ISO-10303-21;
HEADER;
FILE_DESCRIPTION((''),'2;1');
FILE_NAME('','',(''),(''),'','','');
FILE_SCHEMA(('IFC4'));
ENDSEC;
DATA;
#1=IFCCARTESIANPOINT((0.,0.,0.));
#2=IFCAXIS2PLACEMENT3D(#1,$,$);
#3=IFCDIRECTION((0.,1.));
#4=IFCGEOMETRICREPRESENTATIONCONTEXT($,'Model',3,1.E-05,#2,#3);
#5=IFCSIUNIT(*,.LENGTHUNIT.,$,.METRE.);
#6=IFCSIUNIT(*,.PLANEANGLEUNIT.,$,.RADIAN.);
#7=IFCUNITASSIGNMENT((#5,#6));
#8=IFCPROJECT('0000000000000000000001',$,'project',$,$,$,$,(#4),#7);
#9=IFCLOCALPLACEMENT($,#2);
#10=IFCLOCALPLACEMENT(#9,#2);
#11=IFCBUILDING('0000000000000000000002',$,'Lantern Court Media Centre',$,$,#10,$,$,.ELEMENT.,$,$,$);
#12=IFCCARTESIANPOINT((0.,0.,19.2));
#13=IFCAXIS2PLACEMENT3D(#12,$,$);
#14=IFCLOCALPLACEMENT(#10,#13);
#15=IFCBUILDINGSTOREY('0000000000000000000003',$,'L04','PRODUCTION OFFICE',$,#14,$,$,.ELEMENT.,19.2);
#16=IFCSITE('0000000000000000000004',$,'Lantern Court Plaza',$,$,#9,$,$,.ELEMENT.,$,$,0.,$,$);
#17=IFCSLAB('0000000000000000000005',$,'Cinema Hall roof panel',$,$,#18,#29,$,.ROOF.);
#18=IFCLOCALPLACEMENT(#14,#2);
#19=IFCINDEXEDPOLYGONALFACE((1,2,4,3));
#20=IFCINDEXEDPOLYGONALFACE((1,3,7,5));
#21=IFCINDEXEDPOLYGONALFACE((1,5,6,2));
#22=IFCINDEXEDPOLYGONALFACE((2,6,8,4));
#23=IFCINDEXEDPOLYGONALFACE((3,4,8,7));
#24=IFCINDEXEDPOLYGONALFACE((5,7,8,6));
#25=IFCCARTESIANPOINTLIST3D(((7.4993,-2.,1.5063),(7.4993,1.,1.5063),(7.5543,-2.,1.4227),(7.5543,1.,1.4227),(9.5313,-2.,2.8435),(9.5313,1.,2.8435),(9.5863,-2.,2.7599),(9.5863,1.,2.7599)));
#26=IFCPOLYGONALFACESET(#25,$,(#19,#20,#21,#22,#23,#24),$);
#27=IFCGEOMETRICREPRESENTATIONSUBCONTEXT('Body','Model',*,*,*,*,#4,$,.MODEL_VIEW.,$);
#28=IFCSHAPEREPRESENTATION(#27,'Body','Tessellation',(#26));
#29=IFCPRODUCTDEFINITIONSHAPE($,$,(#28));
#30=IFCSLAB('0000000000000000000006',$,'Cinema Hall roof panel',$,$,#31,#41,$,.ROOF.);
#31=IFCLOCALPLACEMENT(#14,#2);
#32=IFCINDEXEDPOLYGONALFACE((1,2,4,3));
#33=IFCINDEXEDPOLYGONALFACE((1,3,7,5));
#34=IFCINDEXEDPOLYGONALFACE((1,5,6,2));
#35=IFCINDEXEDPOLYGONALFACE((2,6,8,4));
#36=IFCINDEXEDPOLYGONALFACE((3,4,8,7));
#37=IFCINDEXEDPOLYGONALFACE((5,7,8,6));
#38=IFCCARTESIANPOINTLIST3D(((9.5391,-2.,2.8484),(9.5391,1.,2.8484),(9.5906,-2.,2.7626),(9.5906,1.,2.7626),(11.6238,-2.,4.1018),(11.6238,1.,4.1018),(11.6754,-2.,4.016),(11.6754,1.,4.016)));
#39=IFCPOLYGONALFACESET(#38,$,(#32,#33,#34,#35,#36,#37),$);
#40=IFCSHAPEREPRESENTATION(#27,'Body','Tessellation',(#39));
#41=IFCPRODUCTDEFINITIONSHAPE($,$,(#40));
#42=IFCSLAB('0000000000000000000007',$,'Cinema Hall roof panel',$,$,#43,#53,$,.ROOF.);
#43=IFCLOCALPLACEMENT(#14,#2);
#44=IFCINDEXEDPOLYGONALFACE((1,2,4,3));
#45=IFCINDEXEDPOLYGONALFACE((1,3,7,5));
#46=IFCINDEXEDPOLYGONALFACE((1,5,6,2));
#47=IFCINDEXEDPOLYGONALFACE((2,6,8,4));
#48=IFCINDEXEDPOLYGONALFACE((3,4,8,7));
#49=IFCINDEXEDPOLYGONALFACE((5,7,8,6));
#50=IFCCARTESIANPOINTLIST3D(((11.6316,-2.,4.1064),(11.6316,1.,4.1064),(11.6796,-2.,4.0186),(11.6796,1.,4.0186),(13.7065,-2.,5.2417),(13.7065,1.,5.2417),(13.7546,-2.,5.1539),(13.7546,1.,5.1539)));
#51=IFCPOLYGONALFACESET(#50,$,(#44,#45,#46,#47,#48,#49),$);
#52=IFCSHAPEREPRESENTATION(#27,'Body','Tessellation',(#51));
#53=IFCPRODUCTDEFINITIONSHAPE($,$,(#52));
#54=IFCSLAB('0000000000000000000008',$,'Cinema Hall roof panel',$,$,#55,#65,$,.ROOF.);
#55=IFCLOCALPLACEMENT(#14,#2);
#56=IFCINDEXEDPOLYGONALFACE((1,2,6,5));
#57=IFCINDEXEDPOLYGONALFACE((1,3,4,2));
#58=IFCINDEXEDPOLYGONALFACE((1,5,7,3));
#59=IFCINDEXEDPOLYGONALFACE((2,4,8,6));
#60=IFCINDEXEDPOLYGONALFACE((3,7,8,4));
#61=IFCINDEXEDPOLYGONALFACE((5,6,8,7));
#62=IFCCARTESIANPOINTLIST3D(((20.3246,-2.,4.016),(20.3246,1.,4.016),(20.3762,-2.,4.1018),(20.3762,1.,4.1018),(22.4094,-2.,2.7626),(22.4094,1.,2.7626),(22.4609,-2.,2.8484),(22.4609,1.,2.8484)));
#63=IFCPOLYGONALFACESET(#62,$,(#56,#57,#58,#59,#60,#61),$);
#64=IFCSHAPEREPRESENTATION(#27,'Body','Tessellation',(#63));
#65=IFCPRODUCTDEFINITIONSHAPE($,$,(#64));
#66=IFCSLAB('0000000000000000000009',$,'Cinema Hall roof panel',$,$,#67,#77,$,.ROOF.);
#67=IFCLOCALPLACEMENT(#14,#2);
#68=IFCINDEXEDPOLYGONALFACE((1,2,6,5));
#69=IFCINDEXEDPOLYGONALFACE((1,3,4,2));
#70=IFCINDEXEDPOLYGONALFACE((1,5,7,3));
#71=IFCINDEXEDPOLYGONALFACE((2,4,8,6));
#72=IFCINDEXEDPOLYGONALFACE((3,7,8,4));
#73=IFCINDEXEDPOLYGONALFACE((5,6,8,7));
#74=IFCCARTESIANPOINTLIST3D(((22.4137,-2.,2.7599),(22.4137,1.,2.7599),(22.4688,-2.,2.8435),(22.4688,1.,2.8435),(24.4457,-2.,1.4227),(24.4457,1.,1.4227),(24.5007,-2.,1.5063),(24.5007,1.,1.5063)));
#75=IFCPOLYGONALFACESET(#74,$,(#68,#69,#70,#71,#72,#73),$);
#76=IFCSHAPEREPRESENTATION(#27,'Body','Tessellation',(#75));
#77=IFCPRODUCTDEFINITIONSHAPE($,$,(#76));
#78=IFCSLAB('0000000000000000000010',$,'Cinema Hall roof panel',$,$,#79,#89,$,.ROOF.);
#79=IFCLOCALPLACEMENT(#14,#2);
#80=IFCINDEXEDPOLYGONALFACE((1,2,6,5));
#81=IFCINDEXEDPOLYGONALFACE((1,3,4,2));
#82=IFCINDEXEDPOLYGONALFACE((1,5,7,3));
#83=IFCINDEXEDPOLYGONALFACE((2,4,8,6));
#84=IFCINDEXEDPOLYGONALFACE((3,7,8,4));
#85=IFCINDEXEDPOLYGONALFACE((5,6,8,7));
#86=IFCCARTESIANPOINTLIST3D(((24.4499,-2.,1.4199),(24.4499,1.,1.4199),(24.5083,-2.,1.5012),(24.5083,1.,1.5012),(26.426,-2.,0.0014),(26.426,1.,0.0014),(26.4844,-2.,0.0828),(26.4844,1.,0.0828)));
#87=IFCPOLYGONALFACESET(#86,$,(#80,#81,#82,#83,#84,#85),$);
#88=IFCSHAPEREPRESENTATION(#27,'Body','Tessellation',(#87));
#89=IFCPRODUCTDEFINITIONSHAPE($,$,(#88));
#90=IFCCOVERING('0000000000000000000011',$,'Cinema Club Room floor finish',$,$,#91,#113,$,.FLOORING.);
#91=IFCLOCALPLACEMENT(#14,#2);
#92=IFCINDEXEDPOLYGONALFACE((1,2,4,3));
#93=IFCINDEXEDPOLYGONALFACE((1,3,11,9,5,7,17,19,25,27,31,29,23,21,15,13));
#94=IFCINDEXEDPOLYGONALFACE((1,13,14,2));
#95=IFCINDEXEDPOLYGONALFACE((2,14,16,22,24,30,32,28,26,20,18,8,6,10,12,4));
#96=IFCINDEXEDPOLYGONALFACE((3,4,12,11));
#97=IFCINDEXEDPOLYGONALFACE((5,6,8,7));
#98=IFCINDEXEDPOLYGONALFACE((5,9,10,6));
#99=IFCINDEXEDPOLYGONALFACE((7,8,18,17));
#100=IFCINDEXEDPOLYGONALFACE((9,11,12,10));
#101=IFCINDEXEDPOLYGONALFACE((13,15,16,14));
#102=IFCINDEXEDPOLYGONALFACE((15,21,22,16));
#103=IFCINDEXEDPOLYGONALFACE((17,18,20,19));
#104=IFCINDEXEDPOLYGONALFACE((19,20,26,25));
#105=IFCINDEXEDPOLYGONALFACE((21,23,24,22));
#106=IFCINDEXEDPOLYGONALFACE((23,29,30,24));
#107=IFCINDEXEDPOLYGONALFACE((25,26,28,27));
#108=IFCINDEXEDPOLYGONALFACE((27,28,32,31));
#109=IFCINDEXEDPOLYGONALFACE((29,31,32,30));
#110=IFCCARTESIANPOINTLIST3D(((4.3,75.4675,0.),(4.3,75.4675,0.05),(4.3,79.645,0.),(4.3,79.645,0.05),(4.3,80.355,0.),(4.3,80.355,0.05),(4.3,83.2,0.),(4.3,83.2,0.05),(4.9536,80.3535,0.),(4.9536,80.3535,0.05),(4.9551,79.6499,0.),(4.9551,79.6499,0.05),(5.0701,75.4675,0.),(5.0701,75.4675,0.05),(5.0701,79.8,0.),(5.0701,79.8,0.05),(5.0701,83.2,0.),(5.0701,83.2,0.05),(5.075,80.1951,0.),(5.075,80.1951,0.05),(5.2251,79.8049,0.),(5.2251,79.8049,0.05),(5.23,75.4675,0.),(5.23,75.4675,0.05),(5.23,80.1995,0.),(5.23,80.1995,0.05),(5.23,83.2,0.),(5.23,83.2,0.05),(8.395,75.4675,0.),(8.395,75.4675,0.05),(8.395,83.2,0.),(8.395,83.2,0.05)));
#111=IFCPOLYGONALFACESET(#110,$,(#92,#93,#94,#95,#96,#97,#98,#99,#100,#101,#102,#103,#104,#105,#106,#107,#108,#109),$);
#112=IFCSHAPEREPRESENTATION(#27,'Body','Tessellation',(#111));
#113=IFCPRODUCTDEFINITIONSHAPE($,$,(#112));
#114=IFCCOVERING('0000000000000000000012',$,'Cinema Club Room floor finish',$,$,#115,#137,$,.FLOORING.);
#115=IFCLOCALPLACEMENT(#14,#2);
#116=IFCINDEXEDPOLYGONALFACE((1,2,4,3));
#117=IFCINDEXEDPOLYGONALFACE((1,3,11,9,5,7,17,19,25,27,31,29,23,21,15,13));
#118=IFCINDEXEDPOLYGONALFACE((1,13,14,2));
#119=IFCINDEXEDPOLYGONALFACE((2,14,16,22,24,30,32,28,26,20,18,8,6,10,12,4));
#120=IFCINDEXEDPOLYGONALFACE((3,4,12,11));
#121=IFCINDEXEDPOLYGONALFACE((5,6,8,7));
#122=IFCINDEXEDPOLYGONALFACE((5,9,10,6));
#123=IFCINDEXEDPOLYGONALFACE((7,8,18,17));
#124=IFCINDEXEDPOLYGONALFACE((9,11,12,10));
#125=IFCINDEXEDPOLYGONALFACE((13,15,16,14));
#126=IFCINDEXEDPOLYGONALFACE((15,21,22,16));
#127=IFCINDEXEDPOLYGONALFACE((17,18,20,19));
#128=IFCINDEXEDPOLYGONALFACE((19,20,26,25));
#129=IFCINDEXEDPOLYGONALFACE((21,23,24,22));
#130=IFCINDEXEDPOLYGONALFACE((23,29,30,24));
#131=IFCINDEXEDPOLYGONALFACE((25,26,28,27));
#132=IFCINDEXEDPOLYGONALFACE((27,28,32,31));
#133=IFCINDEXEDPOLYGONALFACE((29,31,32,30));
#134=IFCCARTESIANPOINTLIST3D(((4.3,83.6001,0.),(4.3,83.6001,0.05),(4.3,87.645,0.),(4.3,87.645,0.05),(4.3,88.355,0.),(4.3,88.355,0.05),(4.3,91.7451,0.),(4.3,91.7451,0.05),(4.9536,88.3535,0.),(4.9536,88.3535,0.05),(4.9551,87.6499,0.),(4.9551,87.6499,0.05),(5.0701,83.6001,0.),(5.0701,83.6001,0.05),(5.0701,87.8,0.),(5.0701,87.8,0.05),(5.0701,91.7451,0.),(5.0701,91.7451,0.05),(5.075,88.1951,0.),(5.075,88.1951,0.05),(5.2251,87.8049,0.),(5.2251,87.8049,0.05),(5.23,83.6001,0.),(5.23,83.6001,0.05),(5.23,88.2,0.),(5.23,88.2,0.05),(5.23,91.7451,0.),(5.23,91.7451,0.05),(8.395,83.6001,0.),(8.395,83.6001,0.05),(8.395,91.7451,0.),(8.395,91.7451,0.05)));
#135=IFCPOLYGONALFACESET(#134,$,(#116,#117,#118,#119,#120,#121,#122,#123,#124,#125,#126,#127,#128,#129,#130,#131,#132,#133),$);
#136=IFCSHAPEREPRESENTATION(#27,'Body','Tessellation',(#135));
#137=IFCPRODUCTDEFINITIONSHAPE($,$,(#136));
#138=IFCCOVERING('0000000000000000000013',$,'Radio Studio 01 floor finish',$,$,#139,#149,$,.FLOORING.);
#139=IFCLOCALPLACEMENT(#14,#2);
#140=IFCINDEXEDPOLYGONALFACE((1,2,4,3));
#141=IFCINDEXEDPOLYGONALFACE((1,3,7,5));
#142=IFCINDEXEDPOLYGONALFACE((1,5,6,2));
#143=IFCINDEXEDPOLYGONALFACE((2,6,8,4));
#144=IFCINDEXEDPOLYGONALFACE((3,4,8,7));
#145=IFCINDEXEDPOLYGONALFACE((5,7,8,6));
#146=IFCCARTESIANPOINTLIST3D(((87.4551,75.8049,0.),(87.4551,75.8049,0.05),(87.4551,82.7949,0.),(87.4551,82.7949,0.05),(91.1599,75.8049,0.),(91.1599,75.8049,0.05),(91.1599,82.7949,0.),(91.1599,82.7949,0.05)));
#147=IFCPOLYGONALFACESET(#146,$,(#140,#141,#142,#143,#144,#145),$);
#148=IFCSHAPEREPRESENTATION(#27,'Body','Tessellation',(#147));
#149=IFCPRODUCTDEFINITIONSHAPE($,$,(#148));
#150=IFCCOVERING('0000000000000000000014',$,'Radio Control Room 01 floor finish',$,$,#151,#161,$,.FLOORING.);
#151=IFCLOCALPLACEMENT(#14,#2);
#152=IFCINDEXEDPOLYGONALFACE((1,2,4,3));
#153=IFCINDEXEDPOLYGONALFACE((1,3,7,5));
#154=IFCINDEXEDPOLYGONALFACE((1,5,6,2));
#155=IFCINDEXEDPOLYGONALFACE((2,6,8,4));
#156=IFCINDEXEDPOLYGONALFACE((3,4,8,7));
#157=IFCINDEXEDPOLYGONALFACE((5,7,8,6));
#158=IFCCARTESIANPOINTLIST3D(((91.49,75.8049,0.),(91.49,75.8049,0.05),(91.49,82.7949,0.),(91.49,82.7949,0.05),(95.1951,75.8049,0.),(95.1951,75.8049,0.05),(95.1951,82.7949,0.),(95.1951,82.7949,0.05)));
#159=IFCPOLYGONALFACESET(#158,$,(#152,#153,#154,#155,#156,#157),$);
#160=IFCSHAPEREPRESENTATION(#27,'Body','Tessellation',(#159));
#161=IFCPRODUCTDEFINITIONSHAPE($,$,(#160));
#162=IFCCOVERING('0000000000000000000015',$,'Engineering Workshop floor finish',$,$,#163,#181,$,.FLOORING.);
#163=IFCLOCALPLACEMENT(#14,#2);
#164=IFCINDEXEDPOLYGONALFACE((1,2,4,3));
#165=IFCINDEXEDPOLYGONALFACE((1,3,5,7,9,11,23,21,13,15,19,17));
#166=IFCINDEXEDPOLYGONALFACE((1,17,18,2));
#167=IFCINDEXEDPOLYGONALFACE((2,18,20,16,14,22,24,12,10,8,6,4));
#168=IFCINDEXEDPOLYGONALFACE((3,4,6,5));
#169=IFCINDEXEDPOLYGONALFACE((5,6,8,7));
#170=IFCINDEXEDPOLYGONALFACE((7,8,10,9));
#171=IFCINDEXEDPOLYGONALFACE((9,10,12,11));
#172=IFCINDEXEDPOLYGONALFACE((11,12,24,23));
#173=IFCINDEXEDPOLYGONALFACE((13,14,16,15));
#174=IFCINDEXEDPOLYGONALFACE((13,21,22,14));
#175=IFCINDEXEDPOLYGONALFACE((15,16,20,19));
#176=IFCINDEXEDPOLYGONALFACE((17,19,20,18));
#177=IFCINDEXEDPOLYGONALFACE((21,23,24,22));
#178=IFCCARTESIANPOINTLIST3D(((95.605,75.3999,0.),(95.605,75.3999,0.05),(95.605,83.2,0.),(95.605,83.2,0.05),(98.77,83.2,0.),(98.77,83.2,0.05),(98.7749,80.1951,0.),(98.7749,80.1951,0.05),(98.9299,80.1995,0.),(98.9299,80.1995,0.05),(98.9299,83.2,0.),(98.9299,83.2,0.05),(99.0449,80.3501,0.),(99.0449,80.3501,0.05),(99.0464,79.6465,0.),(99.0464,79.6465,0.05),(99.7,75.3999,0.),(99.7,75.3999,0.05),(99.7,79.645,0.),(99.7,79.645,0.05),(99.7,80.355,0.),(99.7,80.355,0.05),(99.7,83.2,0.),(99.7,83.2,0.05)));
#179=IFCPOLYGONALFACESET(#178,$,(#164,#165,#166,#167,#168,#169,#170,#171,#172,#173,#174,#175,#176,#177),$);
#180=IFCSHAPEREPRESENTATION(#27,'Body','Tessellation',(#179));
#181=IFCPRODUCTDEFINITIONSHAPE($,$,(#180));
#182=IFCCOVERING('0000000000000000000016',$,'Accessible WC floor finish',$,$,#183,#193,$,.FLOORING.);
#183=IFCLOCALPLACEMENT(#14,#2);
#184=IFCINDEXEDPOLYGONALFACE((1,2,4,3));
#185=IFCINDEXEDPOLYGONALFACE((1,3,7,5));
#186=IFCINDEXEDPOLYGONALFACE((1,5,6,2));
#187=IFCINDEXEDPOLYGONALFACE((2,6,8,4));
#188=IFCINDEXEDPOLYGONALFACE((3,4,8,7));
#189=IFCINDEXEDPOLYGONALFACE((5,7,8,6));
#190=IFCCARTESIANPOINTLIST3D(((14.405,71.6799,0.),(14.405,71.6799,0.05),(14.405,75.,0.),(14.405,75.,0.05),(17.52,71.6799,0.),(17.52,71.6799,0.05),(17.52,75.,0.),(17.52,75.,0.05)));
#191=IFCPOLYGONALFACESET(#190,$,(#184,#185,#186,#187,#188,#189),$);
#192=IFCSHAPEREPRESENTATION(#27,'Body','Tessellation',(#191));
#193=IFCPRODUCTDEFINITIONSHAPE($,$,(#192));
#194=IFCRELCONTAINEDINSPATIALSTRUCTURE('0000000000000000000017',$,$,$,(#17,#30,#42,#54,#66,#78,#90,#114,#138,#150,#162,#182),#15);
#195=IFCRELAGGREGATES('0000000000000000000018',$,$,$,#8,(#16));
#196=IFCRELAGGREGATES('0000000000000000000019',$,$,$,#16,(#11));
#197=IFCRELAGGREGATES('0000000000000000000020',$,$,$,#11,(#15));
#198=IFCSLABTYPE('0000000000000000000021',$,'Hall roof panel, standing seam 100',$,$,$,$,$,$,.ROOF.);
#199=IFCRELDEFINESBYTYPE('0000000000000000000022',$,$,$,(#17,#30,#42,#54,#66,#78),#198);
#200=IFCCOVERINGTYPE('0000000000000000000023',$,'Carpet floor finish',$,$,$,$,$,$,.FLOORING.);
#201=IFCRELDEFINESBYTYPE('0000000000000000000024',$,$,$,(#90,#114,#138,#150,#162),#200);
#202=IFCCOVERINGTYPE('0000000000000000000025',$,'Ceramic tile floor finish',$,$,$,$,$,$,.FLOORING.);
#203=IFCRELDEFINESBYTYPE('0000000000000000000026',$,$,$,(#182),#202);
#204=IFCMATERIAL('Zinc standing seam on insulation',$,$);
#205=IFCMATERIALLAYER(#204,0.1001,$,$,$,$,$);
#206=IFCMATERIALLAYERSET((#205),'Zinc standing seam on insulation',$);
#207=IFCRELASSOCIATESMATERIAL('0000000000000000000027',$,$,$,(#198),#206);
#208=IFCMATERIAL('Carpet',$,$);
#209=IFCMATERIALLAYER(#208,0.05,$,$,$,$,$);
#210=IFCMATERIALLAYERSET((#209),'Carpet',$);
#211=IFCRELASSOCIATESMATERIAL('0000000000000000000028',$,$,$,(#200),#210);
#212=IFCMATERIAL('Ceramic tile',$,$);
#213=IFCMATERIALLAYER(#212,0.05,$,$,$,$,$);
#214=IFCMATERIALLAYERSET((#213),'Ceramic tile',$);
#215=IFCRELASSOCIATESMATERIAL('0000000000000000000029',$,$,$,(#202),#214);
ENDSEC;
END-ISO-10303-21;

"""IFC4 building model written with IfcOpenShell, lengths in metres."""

from ifc_helpers import new_model, si_unit, direction, frame, origin, place, context, subcontext, project, spatial, polyline, outline, extrude, material, layer, layer_set, type_object, element, save


model = new_model("IFC4")

# Units and contexts
model_context = context("Model", 3, precision=1e-05, world=origin(), true_north=direction((0.0, 1.0)))
body_context = subcontext(model_context, "Body", "Model", "MODEL_VIEW")
ifc_project = project(units=[si_unit("LENGTHUNIT", "METRE"), si_unit("PLANEANGLEUNIT", "RADIAN")], contexts=[model_context])

# Site, building, storey
site_placement = place(None, origin())
site = spatial("IfcSite", under=ifc_project, at=site_placement, Name="Lantern Court Plaza", CompositionType="ELEMENT", RefElevation=0.0)
building_placement = place(site_placement, origin())
building = spatial("IfcBuilding", under=site, at=building_placement, Name="Lantern Court Media Centre", CompositionType="ELEMENT")
storey_placement = place(building_placement, frame((0.0, 0.0, 19.2)))
storey = spatial("IfcBuildingStorey", under=building, at=storey_placement, Name="L04", Description="PRODUCTION OFFICE", CompositionType="ELEMENT", Elevation=19.2)

# Slabs
ifc_material_1 = material(Name="Zinc standing seam on insulation")
ifc_layer_1 = layer(ifc_material_1, 0.1001)
ifc_layer_set_1 = layer_set([ifc_layer_1], Name="Zinc standing seam on insulation")
slab_type = type_object("IfcSlabType", Name="Hall roof panel, standing seam 100", PredefinedType="ROOF", material=ifc_layer_set_1)
slab_1_placement = place(storey_placement, frame((7.4993, -2.0, 1.5063), z_axis=(-0.549711, 0.0, 0.835355), x_axis=(0.835355, 0.0, 0.549711)))
element("IfcSlab", 1, at=slab_1_placement, inside=storey, type_object=slab_type, Name="Cinema Hall roof panel", PredefinedType="ROOF", context=body_context, shape_type="SweptSolid", body=[
    extrude(outline(polyline([(0.0, 0.0), (2.4325, 0.0), (2.4325, 3.0), (0.0, 3.0), (0.0, 0.0)])), origin(), (0.0, 0.0, -1.0), 0.1001),
])
slab_2_placement = place(storey_placement, frame((9.5391, -2.0, 2.8484), z_axis=(-0.515278, 0.0, 0.857023), x_axis=(0.857023, 0.0, 0.515278)))
element("IfcSlab", 2, at=slab_2_placement, inside=storey, type_object=slab_type, Name="Cinema Hall roof panel", PredefinedType="ROOF", context=body_context, shape_type="SweptSolid", body=[
    extrude(outline(polyline([(0.0, 0.0), (2.4325, 0.0), (2.4325, 3.0), (0.0, 3.0), (0.0, 0.0)])), origin(), (0.0, 0.0, -1.0), 0.1001),
])
slab_3_placement = place(storey_placement, frame((11.6316, -2.0, 4.1064), z_axis=(-0.47998, 0.0, 0.877279), x_axis=(0.877279, 0.0, 0.47998)))
element("IfcSlab", 3, at=slab_3_placement, inside=storey, type_object=slab_type, Name="Cinema Hall roof panel", PredefinedType="ROOF", context=body_context, shape_type="SweptSolid", body=[
    extrude(outline(polyline([(0.0, 0.0), (2.3652, 0.0), (2.3652, 3.0), (0.0, 3.0), (0.0, 0.0)])), origin(), (0.0, 0.0, -1.0), 0.1001),
])
slab_4_placement = place(storey_placement, frame((20.3762, -2.0, 4.1018), z_axis=(0.515278, 0.0, 0.857023), x_axis=(0.857023, 0.0, -0.515278)))
element("IfcSlab", 4, at=slab_4_placement, inside=storey, type_object=slab_type, Name="Cinema Hall roof panel", PredefinedType="ROOF", context=body_context, shape_type="SweptSolid", body=[
    extrude(outline(polyline([(0.0, 0.0), (2.4325, 0.0), (2.4325, 3.0), (0.0, 3.0), (0.0, 0.0)])), origin(), (0.0, 0.0, -1.0), 0.1001),
])
slab_5_placement = place(storey_placement, frame((22.4688, -2.0, 2.8435), z_axis=(0.549711, 0.0, 0.835355), x_axis=(0.835355, 0.0, -0.549711)))
element("IfcSlab", 5, at=slab_5_placement, inside=storey, type_object=slab_type, Name="Cinema Hall roof panel", PredefinedType="ROOF", context=body_context, shape_type="SweptSolid", body=[
    extrude(outline(polyline([(0.0, 0.0), (2.4325, 0.0), (2.4325, 3.0), (0.0, 3.0), (0.0, 0.0)])), origin(), (0.0, 0.0, -1.0), 0.1001),
])
slab_6_placement = place(storey_placement, frame((24.5083, -2.0, 1.5012), z_axis=(0.583135, 0.0, 0.812375), x_axis=(0.812375, 0.0, -0.583135)))
element("IfcSlab", 6, at=slab_6_placement, inside=storey, type_object=slab_type, Name="Cinema Hall roof panel", PredefinedType="ROOF", context=body_context, shape_type="SweptSolid", body=[
    extrude(outline(polyline([(0.0, 0.0), (2.4325, 0.0), (2.4325, 3.0), (0.0, 3.0), (0.0, 0.0)])), origin(), (0.0, 0.0, -1.0), 0.1001),
])

# Coverings
ifc_material_2 = material(Name="Carpet")
ifc_layer_2 = layer(ifc_material_2, 0.05)
ifc_layer_set_2 = layer_set([ifc_layer_2], Name="Carpet")
covering_type_1 = type_object("IfcCoveringType", Name="Carpet floor finish", PredefinedType="FLOORING", material=ifc_layer_set_2)
covering_1_placement = place(storey_placement, origin())
element("IfcCovering", 7, at=covering_1_placement, inside=storey, type_object=covering_type_1, Name="Cinema Club Room floor finish", PredefinedType="FLOORING", context=body_context, shape_type="SweptSolid", body=[
    extrude(outline(polyline([(8.395, 83.2), (8.395, 75.4675), (5.23, 75.4675), (5.2251, 79.8049), (5.0701, 79.8), (5.0701, 75.4675), (4.3, 75.4675), (4.3, 79.645), (4.9551, 79.6499), (4.9536, 80.3535), (4.3, 80.355), (4.3, 83.2), (5.0701, 83.2), (5.075, 80.1951), (5.23, 80.1995), (5.23, 83.2), (8.395, 83.2)])), origin(), (0.0, 0.0, 1.0), 0.05),
])
covering_2_placement = place(storey_placement, origin())
element("IfcCovering", 8, at=covering_2_placement, inside=storey, type_object=covering_type_1, Name="Cinema Club Room floor finish", PredefinedType="FLOORING", context=body_context, shape_type="SweptSolid", body=[
    extrude(outline(polyline([(4.3, 91.7451), (5.0701, 91.7451), (5.075, 88.1951), (5.23, 88.2), (5.23, 91.7451), (8.395, 91.7451), (8.395, 83.6001), (5.23, 83.6001), (5.2251, 87.8049), (5.0701, 87.8), (5.0701, 83.6001), (4.3, 83.6001), (4.3, 87.645), (4.9551, 87.6499), (4.9536, 88.3535), (4.3, 88.355), (4.3, 91.7451)])), origin(), (0.0, 0.0, 1.0), 0.05),
])
covering_3_placement = place(storey_placement, origin())
element("IfcCovering", 9, at=covering_3_placement, inside=storey, type_object=covering_type_1, Name="Radio Studio 01 floor finish", PredefinedType="FLOORING", context=body_context, shape_type="SweptSolid", body=[
    extrude(outline(polyline([(87.4551, 75.8049), (87.4551, 82.7949), (91.1599, 82.7949), (91.1599, 75.8049), (87.4551, 75.8049)])), origin(), (0.0, 0.0, 1.0), 0.05),
])
covering_4_placement = place(storey_placement, origin())
element("IfcCovering", 10, at=covering_4_placement, inside=storey, type_object=covering_type_1, Name="Radio Control Room 01 floor finish", PredefinedType="FLOORING", context=body_context, shape_type="SweptSolid", body=[
    extrude(outline(polyline([(91.49, 75.8049), (91.49, 82.7949), (95.1951, 82.7949), (95.1951, 75.8049), (91.49, 75.8049)])), origin(), (0.0, 0.0, 1.0), 0.05),
])
covering_5_placement = place(storey_placement, origin())
element("IfcCovering", 11, at=covering_5_placement, inside=storey, type_object=covering_type_1, Name="Engineering Workshop floor finish", PredefinedType="FLOORING", context=body_context, shape_type="SweptSolid", body=[
    extrude(outline(polyline([(99.7, 75.3999), (95.605, 75.3999), (95.605, 83.2), (98.77, 83.2), (98.7749, 80.1951), (98.9299, 80.1995), (98.9299, 83.2), (99.7, 83.2), (99.7, 80.355), (99.0449, 80.3501), (99.0464, 79.6465), (99.7, 79.645), (99.7, 75.3999)])), origin(), (0.0, 0.0, 1.0), 0.05),
])
ifc_material_3 = material(Name="Ceramic tile")
ifc_layer_3 = layer(ifc_material_3, 0.05)
ifc_layer_set_3 = layer_set([ifc_layer_3], Name="Ceramic tile")
covering_type_2 = type_object("IfcCoveringType", Name="Ceramic tile floor finish", PredefinedType="FLOORING", material=ifc_layer_set_3)
covering_6_placement = place(storey_placement, origin())
element("IfcCovering", 12, at=covering_6_placement, inside=storey, type_object=covering_type_2, Name="Accessible WC floor finish", PredefinedType="FLOORING", context=body_context, shape_type="SweptSolid", body=[
    extrude(outline(polyline([(17.52, 75.0), (17.52, 71.6799), (14.405, 71.6799), (14.405, 75.0), (17.52, 75.0)])), origin(), (0.0, 0.0, 1.0), 0.05),
])

save(model, "model.ifc")
